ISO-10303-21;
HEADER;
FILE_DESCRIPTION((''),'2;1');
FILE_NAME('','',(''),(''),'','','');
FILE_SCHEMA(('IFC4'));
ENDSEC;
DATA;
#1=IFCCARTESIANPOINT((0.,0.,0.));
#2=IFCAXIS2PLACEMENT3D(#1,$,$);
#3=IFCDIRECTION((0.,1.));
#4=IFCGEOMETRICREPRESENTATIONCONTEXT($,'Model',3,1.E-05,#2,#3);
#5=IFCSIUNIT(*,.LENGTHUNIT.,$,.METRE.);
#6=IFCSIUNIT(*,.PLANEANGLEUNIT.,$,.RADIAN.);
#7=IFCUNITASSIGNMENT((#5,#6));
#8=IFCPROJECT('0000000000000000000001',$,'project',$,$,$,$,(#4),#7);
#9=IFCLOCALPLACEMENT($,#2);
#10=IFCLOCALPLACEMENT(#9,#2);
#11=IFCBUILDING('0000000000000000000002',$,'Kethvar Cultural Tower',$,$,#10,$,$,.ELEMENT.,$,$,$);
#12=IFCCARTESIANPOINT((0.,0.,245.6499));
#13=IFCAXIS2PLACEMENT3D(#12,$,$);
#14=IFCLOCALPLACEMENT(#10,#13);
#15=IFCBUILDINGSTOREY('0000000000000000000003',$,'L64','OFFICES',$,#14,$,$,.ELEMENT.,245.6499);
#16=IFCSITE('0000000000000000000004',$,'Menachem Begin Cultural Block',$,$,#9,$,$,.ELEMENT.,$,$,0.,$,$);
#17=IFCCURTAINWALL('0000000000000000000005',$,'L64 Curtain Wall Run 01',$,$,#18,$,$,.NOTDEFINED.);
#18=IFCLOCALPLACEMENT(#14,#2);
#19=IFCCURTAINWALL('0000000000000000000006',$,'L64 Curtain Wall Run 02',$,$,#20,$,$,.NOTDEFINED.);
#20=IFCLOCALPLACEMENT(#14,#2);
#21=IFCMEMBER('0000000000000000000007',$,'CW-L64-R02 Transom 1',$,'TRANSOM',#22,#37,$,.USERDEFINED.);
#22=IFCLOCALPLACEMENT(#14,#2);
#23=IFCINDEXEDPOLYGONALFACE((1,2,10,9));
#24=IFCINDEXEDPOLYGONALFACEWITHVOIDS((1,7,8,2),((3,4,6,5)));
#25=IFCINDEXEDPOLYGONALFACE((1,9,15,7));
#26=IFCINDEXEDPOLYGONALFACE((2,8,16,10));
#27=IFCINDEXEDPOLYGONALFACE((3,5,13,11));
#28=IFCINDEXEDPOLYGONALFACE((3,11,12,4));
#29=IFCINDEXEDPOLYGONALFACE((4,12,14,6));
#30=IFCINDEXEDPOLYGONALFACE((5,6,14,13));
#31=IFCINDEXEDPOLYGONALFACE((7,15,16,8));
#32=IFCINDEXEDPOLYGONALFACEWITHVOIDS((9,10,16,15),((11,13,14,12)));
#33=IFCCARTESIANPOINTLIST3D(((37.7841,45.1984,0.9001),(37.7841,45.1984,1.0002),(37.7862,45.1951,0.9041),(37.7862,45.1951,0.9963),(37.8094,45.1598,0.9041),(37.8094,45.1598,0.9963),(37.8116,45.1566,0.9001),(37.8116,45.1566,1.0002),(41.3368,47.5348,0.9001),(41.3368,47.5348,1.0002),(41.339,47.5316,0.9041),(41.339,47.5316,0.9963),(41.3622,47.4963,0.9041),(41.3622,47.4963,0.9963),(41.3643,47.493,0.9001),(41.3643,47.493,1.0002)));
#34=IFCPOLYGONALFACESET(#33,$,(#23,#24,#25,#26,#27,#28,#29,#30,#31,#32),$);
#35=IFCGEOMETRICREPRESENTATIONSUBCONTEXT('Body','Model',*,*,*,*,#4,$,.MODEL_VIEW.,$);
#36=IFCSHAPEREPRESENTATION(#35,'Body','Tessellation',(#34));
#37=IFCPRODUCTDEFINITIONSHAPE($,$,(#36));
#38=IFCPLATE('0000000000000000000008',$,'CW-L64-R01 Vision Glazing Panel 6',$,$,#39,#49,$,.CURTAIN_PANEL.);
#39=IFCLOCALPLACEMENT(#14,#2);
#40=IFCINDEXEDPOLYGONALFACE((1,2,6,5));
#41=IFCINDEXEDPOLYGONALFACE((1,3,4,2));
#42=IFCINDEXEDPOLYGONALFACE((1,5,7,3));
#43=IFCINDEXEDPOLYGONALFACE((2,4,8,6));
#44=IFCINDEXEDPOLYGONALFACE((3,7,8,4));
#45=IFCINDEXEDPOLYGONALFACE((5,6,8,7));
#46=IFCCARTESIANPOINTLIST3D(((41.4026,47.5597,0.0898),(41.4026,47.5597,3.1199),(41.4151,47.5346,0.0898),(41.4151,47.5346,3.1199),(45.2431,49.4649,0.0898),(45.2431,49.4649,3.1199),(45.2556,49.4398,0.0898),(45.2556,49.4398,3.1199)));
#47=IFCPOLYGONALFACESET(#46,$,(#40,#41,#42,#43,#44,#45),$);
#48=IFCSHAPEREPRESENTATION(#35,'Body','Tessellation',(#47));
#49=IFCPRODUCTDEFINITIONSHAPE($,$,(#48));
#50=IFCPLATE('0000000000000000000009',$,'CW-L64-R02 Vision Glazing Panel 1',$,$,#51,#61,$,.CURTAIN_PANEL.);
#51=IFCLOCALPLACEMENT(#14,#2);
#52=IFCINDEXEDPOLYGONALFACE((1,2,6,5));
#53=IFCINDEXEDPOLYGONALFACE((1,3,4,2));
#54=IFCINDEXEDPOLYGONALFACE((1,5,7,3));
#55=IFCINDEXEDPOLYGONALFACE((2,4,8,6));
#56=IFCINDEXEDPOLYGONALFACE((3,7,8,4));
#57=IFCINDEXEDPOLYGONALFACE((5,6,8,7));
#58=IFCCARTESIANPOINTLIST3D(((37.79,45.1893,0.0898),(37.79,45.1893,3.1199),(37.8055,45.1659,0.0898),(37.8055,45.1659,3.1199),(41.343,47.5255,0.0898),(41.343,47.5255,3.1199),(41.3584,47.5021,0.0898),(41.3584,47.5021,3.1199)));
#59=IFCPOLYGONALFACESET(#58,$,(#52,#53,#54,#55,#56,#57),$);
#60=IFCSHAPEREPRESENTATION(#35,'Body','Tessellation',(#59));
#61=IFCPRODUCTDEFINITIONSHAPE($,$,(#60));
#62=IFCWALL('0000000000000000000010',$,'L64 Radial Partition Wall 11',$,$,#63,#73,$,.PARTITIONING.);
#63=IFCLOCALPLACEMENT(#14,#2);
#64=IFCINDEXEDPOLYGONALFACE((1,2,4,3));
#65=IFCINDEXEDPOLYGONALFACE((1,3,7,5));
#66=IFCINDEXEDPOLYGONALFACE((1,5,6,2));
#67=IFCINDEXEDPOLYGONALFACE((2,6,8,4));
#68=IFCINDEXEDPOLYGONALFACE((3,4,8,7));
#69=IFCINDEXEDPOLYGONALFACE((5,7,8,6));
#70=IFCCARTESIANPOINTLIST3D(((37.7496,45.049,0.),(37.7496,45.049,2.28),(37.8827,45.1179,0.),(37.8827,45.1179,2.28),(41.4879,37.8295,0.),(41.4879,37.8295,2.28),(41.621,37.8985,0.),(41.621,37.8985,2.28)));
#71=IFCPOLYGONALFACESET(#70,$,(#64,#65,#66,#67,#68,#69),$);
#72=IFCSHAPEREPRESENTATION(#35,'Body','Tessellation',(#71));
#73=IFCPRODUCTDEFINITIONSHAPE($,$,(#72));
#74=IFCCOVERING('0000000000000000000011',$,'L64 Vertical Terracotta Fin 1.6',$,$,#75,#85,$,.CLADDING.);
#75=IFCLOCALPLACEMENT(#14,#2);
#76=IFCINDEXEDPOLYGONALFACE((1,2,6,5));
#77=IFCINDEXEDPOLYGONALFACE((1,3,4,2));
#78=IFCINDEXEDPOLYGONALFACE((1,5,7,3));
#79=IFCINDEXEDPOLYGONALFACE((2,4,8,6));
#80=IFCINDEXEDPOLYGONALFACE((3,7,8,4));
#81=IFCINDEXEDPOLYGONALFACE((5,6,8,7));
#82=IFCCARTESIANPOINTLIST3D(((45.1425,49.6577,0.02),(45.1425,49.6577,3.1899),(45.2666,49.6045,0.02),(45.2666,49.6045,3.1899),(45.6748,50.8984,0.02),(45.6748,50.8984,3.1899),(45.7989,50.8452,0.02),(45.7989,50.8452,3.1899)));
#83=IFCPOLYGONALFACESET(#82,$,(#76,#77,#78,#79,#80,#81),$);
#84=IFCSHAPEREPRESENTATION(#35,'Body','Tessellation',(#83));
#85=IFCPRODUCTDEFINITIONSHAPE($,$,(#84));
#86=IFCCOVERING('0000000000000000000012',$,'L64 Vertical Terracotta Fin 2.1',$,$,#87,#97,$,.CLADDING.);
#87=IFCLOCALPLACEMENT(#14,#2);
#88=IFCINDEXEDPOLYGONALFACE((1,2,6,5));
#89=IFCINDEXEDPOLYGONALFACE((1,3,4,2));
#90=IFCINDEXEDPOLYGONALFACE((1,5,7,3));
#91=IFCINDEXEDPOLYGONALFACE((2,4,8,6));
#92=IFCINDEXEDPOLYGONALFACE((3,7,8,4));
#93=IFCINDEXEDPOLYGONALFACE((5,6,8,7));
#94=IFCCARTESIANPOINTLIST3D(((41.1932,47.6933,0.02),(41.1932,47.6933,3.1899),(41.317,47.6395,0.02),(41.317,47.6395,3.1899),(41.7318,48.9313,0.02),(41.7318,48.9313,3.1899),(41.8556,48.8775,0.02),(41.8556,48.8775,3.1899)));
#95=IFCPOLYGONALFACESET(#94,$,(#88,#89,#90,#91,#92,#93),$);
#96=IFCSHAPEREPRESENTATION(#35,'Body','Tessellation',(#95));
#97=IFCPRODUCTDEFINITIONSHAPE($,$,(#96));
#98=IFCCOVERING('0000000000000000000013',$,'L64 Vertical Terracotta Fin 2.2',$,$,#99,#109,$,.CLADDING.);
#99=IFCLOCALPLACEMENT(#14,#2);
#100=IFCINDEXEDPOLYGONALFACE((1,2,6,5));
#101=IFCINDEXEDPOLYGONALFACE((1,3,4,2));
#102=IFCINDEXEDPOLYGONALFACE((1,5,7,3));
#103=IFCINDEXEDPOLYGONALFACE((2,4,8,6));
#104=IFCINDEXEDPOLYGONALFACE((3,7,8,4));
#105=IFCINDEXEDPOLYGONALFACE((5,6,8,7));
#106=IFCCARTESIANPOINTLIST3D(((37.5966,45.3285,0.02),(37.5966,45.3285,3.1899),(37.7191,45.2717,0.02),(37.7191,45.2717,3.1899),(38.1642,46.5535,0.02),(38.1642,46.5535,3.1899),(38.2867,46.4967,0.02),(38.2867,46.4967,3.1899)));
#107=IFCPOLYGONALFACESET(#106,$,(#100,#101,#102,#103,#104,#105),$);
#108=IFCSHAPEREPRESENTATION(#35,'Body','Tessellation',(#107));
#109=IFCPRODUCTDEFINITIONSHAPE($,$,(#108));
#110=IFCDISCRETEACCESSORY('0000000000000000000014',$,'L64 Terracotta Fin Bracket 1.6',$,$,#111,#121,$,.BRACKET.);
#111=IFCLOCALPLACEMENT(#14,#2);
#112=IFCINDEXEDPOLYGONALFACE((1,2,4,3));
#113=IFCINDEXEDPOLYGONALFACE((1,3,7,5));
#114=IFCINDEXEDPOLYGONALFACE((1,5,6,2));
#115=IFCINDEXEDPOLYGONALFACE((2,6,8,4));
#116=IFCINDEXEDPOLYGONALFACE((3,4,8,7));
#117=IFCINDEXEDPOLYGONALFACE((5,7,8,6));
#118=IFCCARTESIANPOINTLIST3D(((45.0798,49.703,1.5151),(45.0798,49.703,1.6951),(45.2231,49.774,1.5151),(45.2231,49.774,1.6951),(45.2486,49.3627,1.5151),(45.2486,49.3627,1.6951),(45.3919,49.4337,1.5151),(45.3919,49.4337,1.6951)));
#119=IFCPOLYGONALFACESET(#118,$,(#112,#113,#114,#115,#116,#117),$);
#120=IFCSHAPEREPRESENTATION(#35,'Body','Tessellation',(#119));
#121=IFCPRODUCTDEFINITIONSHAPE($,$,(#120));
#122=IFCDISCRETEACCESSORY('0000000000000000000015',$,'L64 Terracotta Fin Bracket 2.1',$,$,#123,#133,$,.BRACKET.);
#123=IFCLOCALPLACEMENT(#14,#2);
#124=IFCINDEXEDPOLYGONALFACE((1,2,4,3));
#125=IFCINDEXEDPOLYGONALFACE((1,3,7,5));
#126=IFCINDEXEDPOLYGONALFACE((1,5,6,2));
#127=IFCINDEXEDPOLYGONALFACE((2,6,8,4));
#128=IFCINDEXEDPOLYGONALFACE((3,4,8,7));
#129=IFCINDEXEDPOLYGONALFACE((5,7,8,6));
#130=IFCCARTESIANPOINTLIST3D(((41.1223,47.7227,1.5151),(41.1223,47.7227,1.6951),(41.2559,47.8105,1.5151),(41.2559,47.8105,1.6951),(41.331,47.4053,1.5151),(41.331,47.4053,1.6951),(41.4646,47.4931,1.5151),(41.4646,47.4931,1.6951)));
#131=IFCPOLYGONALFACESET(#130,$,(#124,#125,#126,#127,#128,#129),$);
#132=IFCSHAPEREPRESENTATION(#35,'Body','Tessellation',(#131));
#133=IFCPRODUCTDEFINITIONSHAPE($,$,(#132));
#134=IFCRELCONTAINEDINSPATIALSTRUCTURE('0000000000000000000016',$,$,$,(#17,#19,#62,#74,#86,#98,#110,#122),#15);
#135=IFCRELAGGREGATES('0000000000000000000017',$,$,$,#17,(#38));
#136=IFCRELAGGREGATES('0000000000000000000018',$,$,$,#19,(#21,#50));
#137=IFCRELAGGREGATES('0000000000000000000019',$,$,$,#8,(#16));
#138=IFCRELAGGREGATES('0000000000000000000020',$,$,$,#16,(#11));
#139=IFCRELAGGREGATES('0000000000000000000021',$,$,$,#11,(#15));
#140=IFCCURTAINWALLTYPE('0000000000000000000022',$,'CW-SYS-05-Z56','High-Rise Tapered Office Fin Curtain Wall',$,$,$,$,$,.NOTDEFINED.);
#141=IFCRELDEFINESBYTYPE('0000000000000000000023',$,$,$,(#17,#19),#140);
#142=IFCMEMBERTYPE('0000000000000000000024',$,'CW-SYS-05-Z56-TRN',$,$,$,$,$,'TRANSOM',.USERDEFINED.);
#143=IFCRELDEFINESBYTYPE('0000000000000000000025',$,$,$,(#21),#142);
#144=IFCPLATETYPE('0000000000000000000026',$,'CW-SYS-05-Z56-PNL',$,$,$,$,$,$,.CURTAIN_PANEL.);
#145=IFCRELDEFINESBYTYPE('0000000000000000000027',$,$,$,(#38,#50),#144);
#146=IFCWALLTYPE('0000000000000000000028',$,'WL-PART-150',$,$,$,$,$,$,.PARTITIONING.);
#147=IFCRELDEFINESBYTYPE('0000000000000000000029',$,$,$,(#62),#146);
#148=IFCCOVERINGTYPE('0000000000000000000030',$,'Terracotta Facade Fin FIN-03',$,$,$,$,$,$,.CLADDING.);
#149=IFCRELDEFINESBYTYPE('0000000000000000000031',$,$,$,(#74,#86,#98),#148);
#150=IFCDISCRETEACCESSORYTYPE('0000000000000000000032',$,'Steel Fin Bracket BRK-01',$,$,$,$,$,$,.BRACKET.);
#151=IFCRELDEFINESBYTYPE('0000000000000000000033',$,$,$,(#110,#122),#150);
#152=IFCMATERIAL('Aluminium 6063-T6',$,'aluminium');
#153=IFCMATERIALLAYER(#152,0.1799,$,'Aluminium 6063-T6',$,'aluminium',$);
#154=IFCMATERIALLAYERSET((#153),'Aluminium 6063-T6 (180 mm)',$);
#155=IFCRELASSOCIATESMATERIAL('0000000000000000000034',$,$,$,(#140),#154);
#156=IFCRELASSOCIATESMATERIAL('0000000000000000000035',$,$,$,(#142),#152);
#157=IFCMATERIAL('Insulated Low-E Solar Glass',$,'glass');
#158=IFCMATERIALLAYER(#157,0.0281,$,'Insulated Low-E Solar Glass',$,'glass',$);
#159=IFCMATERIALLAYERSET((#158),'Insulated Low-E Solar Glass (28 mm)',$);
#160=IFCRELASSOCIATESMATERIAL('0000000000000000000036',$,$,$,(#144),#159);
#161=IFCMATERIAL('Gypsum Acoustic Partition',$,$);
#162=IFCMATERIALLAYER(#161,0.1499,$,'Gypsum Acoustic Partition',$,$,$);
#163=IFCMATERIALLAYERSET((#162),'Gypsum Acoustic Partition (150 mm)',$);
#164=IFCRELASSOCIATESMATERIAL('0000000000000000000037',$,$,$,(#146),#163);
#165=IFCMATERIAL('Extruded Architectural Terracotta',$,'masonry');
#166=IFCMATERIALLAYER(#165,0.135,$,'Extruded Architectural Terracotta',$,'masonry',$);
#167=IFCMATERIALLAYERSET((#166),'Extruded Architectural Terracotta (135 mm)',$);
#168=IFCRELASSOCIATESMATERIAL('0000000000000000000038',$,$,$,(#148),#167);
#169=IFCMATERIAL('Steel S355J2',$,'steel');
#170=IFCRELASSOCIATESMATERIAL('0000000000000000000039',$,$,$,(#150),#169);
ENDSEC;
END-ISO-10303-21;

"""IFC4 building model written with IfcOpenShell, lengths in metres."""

from ifc_helpers import new_model, si_unit, direction, frame, frame_2d, origin, origin_2d, place, context, subcontext, project, spatial, rectangle, hollow_rectangle, extrude, source, transform, mapped, material, layer, layer_set, material_profile, profile_set, type_object, element, aggregate, save


model = new_model("IFC4")

# Units and contexts
model_context = context("Model", 3, precision=1e-05, world=origin(), true_north=direction((0.0, 1.0)))
body_context = subcontext(model_context, "Body", "Model", "MODEL_VIEW")
ifc_project = project(units=[si_unit("LENGTHUNIT", "METRE"), si_unit("PLANEANGLEUNIT", "RADIAN")], contexts=[model_context])

# Site, building, storey
site_placement = place(None, origin())
site = spatial("IfcSite", under=ifc_project, at=site_placement, Name="Menachem Begin Cultural Block", CompositionType="ELEMENT", RefElevation=0.0)
building_placement = place(site_placement, origin())
building = spatial("IfcBuilding", under=site, at=building_placement, Name="Kethvar Cultural Tower", CompositionType="ELEMENT")
storey_placement = place(building_placement, frame((0.0, 0.0, 245.6499)))
storey = spatial("IfcBuildingStorey", under=building, at=storey_placement, Name="L64", Description="OFFICES", CompositionType="ELEMENT", Elevation=245.6499)

# Shared definitions
ifc_material_1 = material(Name="Steel S355J2", Category="steel")

# Curtain wall
ifc_material_2 = material(Name="Aluminium 6063-T6", Category="aluminium")
ifc_layer_1 = layer(ifc_material_2, 0.1799, Name="Aluminium 6063-T6", Category="aluminium")
ifc_layer_set_1 = layer_set([ifc_layer_1], Name="Aluminium 6063-T6 (180 mm)")
curtain_wall_type = type_object("IfcCurtainWallType", Name="CW-SYS-05-Z56", Description="High-Rise Tapered Office Fin Curtain Wall", PredefinedType="NOTDEFINED", material=ifc_layer_set_1)
curtain_wall_1_placement = place(storey_placement, origin())
curtain_wall_1 = element("IfcCurtainWall", 1, at=curtain_wall_1_placement, inside=storey, type_object=curtain_wall_type, Name="L64 Curtain Wall Run 01", PredefinedType="NOTDEFINED")

# Curtain wall
curtain_wall_2_placement = place(storey_placement, origin())
curtain_wall_2 = element("IfcCurtainWall", 2, at=curtain_wall_2_placement, inside=storey, type_object=curtain_wall_type, Name="L64 Curtain Wall Run 02", PredefinedType="NOTDEFINED")

# Member
ifc_material_profile_1 = material_profile(ifc_material_2, hollow_rectangle(XDim=0.05, YDim=0.1001, WallThickness=0.0039, at=origin_2d()), Name="Aluminium 6063-T6 — RHS100x50x4")
ifc_profile_set_1 = profile_set([ifc_material_profile_1], Name="Aluminium 6063-T6 — RHS100x50x4")
member_type_1 = type_object("IfcMemberType", Name="CW-SYS-05-Z56-TRN", ElementType="TRANSOM", PredefinedType="USERDEFINED", material=ifc_profile_set_1)
shared_shape_1 = source(origin(), body_context, "Body", "SweptSolid", [
    extrude(hollow_rectangle(XDim=0.05, YDim=0.1001, WallThickness=0.0039, at=origin_2d()), origin(), (0.0, 0.0, 1.0), 4.2522),
])
member_1_placement = place(storey_placement, frame((41.3506, 47.5139, 0.9502), z_axis=(-0.835514, -0.549469, 0.0), x_axis=(0.549469, -0.835514, 0.0)))
member_1 = element("IfcMember", 3, at=member_1_placement, type_object=member_type_1, Name="CW-L64-R02 Transom 1", ObjectType="TRANSOM", PredefinedType="USERDEFINED", context=body_context, shape_type="MappedRepresentation", body=[
    mapped(shared_shape_1, transform((0.0, 0.0, 0.0), scale=1.0)),
])

# Plates
ifc_material_3 = material(Name="Insulated Low-E Solar Glass", Category="glass")
ifc_layer_2 = layer(ifc_material_3, 0.0281, Name="Insulated Low-E Solar Glass", Category="glass")
ifc_layer_set_2 = layer_set([ifc_layer_2], Name="Insulated Low-E Solar Glass (28 mm)")
plate_type = type_object("IfcPlateType", Name="CW-SYS-05-Z56-PNL", PredefinedType="CURTAIN_PANEL", material=ifc_layer_set_2)
shared_shape_2 = source(origin(), body_context, "Body", "SweptSolid", [
    extrude(rectangle(XDim=4.2871, YDim=0.0281, at=origin_2d()), origin(), (0.0, 0.0, 1.0), 3.03),
])
plate_1_placement = place(storey_placement, frame((43.3291, 48.4998, 0.0898), z_axis=(0.0, 0.0, 1.0), x_axis=(-0.895828, -0.444401, 0.0)))
plate_1 = element("IfcPlate", 4, at=plate_1_placement, type_object=plate_type, Name="CW-L64-R01 Vision Glazing Panel 6", PredefinedType="CURTAIN_PANEL", context=body_context, shape_type="MappedRepresentation", body=[
    mapped(shared_shape_2, transform((0.0, 0.0, 0.0), scale=1.0)),
])
aggregate(curtain_wall_1, [plate_1])
shared_shape_3 = source(origin(), body_context, "Body", "SweptSolid", [
    extrude(rectangle(XDim=4.2522, YDim=0.0281, at=origin_2d()), origin(), (0.0, 0.0, 1.0), 3.03),
])
plate_2_placement = place(storey_placement, frame((39.5742, 46.3457, 0.0898), z_axis=(0.0, 0.0, 1.0), x_axis=(-0.835549, -0.549417, 0.0)))
plate_2 = element("IfcPlate", 5, at=plate_2_placement, type_object=plate_type, Name="CW-L64-R02 Vision Glazing Panel 1", PredefinedType="CURTAIN_PANEL", context=body_context, shape_type="MappedRepresentation", body=[
    mapped(shared_shape_3, transform((0.0, 0.0, 0.0), scale=1.0)),
])
aggregate(curtain_wall_2, [member_1, plate_2])

# Wall
ifc_material_4 = material(Name="Gypsum Acoustic Partition")
ifc_layer_3 = layer(ifc_material_4, 0.1499, Name="Gypsum Acoustic Partition")
ifc_layer_set_3 = layer_set([ifc_layer_3], Name="Gypsum Acoustic Partition (150 mm)")
wall_type = type_object("IfcWallType", Name="WL-PART-150", PredefinedType="PARTITIONING", material=ifc_layer_set_3)
wall_placement = place(storey_placement, frame((41.5544, 37.864, 0.0), z_axis=(0.0, 0.0, 1.0), x_axis=(-0.459817, 0.888013, 0.0)))
element("IfcWall", 6, at=wall_placement, inside=storey, type_object=wall_type, Name="L64 Radial Partition Wall 11", PredefinedType="PARTITIONING", context=body_context, shape_type="SweptSolid", body=[
    extrude(rectangle(XDim=8.1299, YDim=0.1499, at=frame_2d((4.0649, 0.0))), origin(), (0.0, 0.0, 1.0), 2.28),
])

# Coverings
ifc_material_5 = material(Name="Extruded Architectural Terracotta", Category="masonry")
ifc_layer_4 = layer(ifc_material_5, 0.135, Name="Extruded Architectural Terracotta", Category="masonry")
ifc_layer_set_4 = layer_set([ifc_layer_4], Name="Extruded Architectural Terracotta (135 mm)")
covering_type = type_object("IfcCoveringType", Name="Terracotta Facade Fin FIN-03", PredefinedType="CLADDING", material=ifc_layer_set_4)
shared_shape_4 = source(origin(), body_context, "Body", "SweptSolid", [
    extrude(rectangle(XDim=1.3501, YDim=0.135, at=origin_2d()), origin(), (0.0, 0.0, 1.0), 3.1699),
])
for number, where, z_axis, x_axis, name in (
    (7, (45.4707, 50.2515, 0.02), (0.0, 0.0, 1.0), (0.394263, 0.918998, 0.0), "L64 Vertical Terracotta Fin 1.6"),
    (8, (41.5244, 48.2854, 0.02), (0.0, 0.0, 1.0), (0.398909, 0.91699, 0.0), "L64 Vertical Terracotta Fin 2.1"),
    (9, (37.9417, 45.9126, 0.02), (0.0, 0.0, 1.0), (0.420402, 0.907338, 0.0), "L64 Vertical Terracotta Fin 2.2"),
):
    element("IfcCovering", number, at=place(storey_placement, frame(where, z_axis=z_axis, x_axis=x_axis)), inside=storey, type_object=covering_type, Name=name, PredefinedType="CLADDING", context=body_context, shape_type="MappedRepresentation", body=[
        mapped(shared_shape_4, transform((0.0, 0.0, 0.0), scale=1.0)),
    ])

# Discrete accessories
discrete_accessory_type = type_object("IfcDiscreteAccessoryType", Name="Steel Fin Bracket BRK-01", PredefinedType="BRACKET", material=ifc_material_1)
shared_shape_5 = source(origin(), body_context, "Body", "SweptSolid", [
    extrude(rectangle(XDim=0.3799, YDim=0.1599, at=origin_2d()), origin(), (0.0, 0.0, 1.0), 0.1799),
])
for number, where, z_axis, x_axis, name in (
    (10, (45.2358, 49.5684, 1.5151), (0.0, 0.0, 1.0), (-0.444322, 0.895867, 0.0), "L64 Terracotta Fin Bracket 1.6"),
    (11, (41.2935, 47.6079, 1.5151), (0.0, 0.0, 1.0), (-0.54946, 0.83552, 0.0), "L64 Terracotta Fin Bracket 2.1"),
):
    element("IfcDiscreteAccessory", number, at=place(storey_placement, frame(where, z_axis=z_axis, x_axis=x_axis)), inside=storey, type_object=discrete_accessory_type, Name=name, PredefinedType="BRACKET", context=body_context, shape_type="MappedRepresentation", body=[
        mapped(shared_shape_5, transform((0.0, 0.0, 0.0), scale=1.0)),
    ])

save(model, "model.ifc")
